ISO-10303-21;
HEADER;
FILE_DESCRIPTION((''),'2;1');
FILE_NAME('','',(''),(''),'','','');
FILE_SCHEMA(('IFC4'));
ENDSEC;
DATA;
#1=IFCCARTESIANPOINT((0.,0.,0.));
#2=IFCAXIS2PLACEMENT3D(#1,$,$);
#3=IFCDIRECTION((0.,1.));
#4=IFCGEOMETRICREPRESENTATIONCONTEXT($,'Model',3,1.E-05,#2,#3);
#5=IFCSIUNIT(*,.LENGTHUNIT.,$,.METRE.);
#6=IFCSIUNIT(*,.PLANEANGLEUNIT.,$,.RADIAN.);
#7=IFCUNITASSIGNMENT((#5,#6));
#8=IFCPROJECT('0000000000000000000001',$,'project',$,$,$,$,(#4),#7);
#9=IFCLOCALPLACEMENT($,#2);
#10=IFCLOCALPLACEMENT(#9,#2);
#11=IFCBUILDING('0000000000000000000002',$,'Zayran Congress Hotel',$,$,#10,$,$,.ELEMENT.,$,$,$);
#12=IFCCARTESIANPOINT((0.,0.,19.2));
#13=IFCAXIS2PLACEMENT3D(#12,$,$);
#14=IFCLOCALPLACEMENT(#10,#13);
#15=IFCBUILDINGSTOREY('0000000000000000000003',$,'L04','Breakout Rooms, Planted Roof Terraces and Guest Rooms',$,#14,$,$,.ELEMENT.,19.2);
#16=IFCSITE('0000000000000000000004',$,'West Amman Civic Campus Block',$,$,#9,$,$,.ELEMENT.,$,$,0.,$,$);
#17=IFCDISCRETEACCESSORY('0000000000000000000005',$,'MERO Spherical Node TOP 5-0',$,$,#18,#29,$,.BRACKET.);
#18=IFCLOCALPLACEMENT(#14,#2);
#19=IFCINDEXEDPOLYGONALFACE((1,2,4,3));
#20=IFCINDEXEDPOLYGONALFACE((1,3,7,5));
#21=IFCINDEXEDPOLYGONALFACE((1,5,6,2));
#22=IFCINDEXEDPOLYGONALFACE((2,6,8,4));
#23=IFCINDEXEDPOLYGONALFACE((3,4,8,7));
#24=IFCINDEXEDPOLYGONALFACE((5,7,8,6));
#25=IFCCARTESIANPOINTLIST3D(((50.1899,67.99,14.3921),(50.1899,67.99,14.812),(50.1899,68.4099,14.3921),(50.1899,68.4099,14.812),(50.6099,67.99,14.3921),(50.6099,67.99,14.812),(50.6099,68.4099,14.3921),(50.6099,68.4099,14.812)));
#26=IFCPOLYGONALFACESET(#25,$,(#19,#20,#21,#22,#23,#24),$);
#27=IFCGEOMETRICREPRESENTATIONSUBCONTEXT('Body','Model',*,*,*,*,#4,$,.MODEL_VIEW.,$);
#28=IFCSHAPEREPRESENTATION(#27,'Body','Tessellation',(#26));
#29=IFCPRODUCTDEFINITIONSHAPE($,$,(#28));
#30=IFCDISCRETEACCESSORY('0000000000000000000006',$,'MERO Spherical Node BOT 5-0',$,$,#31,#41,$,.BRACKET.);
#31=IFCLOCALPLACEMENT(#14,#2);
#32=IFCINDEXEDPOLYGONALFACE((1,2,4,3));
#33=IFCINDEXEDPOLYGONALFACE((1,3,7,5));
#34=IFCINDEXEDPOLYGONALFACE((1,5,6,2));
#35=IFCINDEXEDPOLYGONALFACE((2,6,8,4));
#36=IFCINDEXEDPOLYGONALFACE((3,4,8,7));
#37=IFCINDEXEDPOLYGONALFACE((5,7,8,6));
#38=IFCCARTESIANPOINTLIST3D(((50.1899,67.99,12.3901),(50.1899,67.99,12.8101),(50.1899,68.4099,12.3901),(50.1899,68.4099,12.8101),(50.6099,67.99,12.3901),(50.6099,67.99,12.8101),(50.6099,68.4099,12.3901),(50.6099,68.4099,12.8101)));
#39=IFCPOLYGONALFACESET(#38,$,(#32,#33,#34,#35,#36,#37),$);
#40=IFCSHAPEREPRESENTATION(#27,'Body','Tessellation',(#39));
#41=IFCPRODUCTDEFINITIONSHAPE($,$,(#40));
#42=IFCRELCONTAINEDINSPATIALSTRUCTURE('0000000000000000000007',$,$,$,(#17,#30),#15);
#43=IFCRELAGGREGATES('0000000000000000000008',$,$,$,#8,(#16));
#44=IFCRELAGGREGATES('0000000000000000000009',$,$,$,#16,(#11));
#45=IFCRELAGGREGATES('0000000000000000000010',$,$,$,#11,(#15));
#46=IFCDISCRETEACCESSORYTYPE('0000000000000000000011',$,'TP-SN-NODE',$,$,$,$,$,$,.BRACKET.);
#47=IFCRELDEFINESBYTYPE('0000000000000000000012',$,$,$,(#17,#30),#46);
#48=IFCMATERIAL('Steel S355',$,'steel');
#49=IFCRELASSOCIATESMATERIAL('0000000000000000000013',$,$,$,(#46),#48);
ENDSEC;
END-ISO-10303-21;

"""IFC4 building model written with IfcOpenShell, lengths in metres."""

from ifc_helpers import new_model, si_unit, direction, frame, origin, origin_2d, place, context, subcontext, project, spatial, rectangle, extrude, material, type_object, element, save


model = new_model("IFC4")

# Units and contexts
model_context = context("Model", 3, precision=1e-05, world=origin(), true_north=direction((0.0, 1.0)))
body_context = subcontext(model_context, "Body", "Model", "MODEL_VIEW")
ifc_project = project(units=[si_unit("LENGTHUNIT", "METRE"), si_unit("PLANEANGLEUNIT", "RADIAN")], contexts=[model_context])

# Site, building, storey
site_placement = place(None, origin())
site = spatial("IfcSite", under=ifc_project, at=site_placement, Name="West Amman Civic Campus Block", CompositionType="ELEMENT", RefElevation=0.0)
building_placement = place(site_placement, origin())
building = spatial("IfcBuilding", under=site, at=building_placement, Name="Zayran Congress Hotel", CompositionType="ELEMENT")
storey_placement = place(building_placement, frame((0.0, 0.0, 19.2)))
storey = spatial("IfcBuildingStorey", under=building, at=storey_placement, Name="L04", Description="Breakout Rooms, Planted Roof Terraces and Guest Rooms", CompositionType="ELEMENT", Elevation=19.2)

# Shared definitions
ifc_material_1 = material(Name="Steel S355", Category="steel")

# Discrete accessories
discrete_accessory_type = type_object("IfcDiscreteAccessoryType", Name="TP-SN-NODE", PredefinedType="BRACKET", material=ifc_material_1)
for number, where, z_axis, x_axis, name in (
    (1, (50.3999, 68.2, 14.3921), (0.0, 0.0, 1.0), (1.0, 0.0, 0.0), "MERO Spherical Node TOP 5-0"),
    (2, (50.3999, 68.2, 12.3901), (0.0, 0.0, 1.0), (1.0, 0.0, 0.0), "MERO Spherical Node BOT 5-0"),
):
    element("IfcDiscreteAccessory", number, at=place(storey_placement, frame(where, z_axis=z_axis, x_axis=x_axis)), inside=storey, type_object=discrete_accessory_type, Name=name, PredefinedType="BRACKET", context=body_context, shape_type="SweptSolid", body=[
        extrude(rectangle(XDim=0.4199, YDim=0.4199, at=origin_2d()), origin(), (0.0, 0.0, 1.0), 0.4199),
    ])

save(model, "model.ifc")
